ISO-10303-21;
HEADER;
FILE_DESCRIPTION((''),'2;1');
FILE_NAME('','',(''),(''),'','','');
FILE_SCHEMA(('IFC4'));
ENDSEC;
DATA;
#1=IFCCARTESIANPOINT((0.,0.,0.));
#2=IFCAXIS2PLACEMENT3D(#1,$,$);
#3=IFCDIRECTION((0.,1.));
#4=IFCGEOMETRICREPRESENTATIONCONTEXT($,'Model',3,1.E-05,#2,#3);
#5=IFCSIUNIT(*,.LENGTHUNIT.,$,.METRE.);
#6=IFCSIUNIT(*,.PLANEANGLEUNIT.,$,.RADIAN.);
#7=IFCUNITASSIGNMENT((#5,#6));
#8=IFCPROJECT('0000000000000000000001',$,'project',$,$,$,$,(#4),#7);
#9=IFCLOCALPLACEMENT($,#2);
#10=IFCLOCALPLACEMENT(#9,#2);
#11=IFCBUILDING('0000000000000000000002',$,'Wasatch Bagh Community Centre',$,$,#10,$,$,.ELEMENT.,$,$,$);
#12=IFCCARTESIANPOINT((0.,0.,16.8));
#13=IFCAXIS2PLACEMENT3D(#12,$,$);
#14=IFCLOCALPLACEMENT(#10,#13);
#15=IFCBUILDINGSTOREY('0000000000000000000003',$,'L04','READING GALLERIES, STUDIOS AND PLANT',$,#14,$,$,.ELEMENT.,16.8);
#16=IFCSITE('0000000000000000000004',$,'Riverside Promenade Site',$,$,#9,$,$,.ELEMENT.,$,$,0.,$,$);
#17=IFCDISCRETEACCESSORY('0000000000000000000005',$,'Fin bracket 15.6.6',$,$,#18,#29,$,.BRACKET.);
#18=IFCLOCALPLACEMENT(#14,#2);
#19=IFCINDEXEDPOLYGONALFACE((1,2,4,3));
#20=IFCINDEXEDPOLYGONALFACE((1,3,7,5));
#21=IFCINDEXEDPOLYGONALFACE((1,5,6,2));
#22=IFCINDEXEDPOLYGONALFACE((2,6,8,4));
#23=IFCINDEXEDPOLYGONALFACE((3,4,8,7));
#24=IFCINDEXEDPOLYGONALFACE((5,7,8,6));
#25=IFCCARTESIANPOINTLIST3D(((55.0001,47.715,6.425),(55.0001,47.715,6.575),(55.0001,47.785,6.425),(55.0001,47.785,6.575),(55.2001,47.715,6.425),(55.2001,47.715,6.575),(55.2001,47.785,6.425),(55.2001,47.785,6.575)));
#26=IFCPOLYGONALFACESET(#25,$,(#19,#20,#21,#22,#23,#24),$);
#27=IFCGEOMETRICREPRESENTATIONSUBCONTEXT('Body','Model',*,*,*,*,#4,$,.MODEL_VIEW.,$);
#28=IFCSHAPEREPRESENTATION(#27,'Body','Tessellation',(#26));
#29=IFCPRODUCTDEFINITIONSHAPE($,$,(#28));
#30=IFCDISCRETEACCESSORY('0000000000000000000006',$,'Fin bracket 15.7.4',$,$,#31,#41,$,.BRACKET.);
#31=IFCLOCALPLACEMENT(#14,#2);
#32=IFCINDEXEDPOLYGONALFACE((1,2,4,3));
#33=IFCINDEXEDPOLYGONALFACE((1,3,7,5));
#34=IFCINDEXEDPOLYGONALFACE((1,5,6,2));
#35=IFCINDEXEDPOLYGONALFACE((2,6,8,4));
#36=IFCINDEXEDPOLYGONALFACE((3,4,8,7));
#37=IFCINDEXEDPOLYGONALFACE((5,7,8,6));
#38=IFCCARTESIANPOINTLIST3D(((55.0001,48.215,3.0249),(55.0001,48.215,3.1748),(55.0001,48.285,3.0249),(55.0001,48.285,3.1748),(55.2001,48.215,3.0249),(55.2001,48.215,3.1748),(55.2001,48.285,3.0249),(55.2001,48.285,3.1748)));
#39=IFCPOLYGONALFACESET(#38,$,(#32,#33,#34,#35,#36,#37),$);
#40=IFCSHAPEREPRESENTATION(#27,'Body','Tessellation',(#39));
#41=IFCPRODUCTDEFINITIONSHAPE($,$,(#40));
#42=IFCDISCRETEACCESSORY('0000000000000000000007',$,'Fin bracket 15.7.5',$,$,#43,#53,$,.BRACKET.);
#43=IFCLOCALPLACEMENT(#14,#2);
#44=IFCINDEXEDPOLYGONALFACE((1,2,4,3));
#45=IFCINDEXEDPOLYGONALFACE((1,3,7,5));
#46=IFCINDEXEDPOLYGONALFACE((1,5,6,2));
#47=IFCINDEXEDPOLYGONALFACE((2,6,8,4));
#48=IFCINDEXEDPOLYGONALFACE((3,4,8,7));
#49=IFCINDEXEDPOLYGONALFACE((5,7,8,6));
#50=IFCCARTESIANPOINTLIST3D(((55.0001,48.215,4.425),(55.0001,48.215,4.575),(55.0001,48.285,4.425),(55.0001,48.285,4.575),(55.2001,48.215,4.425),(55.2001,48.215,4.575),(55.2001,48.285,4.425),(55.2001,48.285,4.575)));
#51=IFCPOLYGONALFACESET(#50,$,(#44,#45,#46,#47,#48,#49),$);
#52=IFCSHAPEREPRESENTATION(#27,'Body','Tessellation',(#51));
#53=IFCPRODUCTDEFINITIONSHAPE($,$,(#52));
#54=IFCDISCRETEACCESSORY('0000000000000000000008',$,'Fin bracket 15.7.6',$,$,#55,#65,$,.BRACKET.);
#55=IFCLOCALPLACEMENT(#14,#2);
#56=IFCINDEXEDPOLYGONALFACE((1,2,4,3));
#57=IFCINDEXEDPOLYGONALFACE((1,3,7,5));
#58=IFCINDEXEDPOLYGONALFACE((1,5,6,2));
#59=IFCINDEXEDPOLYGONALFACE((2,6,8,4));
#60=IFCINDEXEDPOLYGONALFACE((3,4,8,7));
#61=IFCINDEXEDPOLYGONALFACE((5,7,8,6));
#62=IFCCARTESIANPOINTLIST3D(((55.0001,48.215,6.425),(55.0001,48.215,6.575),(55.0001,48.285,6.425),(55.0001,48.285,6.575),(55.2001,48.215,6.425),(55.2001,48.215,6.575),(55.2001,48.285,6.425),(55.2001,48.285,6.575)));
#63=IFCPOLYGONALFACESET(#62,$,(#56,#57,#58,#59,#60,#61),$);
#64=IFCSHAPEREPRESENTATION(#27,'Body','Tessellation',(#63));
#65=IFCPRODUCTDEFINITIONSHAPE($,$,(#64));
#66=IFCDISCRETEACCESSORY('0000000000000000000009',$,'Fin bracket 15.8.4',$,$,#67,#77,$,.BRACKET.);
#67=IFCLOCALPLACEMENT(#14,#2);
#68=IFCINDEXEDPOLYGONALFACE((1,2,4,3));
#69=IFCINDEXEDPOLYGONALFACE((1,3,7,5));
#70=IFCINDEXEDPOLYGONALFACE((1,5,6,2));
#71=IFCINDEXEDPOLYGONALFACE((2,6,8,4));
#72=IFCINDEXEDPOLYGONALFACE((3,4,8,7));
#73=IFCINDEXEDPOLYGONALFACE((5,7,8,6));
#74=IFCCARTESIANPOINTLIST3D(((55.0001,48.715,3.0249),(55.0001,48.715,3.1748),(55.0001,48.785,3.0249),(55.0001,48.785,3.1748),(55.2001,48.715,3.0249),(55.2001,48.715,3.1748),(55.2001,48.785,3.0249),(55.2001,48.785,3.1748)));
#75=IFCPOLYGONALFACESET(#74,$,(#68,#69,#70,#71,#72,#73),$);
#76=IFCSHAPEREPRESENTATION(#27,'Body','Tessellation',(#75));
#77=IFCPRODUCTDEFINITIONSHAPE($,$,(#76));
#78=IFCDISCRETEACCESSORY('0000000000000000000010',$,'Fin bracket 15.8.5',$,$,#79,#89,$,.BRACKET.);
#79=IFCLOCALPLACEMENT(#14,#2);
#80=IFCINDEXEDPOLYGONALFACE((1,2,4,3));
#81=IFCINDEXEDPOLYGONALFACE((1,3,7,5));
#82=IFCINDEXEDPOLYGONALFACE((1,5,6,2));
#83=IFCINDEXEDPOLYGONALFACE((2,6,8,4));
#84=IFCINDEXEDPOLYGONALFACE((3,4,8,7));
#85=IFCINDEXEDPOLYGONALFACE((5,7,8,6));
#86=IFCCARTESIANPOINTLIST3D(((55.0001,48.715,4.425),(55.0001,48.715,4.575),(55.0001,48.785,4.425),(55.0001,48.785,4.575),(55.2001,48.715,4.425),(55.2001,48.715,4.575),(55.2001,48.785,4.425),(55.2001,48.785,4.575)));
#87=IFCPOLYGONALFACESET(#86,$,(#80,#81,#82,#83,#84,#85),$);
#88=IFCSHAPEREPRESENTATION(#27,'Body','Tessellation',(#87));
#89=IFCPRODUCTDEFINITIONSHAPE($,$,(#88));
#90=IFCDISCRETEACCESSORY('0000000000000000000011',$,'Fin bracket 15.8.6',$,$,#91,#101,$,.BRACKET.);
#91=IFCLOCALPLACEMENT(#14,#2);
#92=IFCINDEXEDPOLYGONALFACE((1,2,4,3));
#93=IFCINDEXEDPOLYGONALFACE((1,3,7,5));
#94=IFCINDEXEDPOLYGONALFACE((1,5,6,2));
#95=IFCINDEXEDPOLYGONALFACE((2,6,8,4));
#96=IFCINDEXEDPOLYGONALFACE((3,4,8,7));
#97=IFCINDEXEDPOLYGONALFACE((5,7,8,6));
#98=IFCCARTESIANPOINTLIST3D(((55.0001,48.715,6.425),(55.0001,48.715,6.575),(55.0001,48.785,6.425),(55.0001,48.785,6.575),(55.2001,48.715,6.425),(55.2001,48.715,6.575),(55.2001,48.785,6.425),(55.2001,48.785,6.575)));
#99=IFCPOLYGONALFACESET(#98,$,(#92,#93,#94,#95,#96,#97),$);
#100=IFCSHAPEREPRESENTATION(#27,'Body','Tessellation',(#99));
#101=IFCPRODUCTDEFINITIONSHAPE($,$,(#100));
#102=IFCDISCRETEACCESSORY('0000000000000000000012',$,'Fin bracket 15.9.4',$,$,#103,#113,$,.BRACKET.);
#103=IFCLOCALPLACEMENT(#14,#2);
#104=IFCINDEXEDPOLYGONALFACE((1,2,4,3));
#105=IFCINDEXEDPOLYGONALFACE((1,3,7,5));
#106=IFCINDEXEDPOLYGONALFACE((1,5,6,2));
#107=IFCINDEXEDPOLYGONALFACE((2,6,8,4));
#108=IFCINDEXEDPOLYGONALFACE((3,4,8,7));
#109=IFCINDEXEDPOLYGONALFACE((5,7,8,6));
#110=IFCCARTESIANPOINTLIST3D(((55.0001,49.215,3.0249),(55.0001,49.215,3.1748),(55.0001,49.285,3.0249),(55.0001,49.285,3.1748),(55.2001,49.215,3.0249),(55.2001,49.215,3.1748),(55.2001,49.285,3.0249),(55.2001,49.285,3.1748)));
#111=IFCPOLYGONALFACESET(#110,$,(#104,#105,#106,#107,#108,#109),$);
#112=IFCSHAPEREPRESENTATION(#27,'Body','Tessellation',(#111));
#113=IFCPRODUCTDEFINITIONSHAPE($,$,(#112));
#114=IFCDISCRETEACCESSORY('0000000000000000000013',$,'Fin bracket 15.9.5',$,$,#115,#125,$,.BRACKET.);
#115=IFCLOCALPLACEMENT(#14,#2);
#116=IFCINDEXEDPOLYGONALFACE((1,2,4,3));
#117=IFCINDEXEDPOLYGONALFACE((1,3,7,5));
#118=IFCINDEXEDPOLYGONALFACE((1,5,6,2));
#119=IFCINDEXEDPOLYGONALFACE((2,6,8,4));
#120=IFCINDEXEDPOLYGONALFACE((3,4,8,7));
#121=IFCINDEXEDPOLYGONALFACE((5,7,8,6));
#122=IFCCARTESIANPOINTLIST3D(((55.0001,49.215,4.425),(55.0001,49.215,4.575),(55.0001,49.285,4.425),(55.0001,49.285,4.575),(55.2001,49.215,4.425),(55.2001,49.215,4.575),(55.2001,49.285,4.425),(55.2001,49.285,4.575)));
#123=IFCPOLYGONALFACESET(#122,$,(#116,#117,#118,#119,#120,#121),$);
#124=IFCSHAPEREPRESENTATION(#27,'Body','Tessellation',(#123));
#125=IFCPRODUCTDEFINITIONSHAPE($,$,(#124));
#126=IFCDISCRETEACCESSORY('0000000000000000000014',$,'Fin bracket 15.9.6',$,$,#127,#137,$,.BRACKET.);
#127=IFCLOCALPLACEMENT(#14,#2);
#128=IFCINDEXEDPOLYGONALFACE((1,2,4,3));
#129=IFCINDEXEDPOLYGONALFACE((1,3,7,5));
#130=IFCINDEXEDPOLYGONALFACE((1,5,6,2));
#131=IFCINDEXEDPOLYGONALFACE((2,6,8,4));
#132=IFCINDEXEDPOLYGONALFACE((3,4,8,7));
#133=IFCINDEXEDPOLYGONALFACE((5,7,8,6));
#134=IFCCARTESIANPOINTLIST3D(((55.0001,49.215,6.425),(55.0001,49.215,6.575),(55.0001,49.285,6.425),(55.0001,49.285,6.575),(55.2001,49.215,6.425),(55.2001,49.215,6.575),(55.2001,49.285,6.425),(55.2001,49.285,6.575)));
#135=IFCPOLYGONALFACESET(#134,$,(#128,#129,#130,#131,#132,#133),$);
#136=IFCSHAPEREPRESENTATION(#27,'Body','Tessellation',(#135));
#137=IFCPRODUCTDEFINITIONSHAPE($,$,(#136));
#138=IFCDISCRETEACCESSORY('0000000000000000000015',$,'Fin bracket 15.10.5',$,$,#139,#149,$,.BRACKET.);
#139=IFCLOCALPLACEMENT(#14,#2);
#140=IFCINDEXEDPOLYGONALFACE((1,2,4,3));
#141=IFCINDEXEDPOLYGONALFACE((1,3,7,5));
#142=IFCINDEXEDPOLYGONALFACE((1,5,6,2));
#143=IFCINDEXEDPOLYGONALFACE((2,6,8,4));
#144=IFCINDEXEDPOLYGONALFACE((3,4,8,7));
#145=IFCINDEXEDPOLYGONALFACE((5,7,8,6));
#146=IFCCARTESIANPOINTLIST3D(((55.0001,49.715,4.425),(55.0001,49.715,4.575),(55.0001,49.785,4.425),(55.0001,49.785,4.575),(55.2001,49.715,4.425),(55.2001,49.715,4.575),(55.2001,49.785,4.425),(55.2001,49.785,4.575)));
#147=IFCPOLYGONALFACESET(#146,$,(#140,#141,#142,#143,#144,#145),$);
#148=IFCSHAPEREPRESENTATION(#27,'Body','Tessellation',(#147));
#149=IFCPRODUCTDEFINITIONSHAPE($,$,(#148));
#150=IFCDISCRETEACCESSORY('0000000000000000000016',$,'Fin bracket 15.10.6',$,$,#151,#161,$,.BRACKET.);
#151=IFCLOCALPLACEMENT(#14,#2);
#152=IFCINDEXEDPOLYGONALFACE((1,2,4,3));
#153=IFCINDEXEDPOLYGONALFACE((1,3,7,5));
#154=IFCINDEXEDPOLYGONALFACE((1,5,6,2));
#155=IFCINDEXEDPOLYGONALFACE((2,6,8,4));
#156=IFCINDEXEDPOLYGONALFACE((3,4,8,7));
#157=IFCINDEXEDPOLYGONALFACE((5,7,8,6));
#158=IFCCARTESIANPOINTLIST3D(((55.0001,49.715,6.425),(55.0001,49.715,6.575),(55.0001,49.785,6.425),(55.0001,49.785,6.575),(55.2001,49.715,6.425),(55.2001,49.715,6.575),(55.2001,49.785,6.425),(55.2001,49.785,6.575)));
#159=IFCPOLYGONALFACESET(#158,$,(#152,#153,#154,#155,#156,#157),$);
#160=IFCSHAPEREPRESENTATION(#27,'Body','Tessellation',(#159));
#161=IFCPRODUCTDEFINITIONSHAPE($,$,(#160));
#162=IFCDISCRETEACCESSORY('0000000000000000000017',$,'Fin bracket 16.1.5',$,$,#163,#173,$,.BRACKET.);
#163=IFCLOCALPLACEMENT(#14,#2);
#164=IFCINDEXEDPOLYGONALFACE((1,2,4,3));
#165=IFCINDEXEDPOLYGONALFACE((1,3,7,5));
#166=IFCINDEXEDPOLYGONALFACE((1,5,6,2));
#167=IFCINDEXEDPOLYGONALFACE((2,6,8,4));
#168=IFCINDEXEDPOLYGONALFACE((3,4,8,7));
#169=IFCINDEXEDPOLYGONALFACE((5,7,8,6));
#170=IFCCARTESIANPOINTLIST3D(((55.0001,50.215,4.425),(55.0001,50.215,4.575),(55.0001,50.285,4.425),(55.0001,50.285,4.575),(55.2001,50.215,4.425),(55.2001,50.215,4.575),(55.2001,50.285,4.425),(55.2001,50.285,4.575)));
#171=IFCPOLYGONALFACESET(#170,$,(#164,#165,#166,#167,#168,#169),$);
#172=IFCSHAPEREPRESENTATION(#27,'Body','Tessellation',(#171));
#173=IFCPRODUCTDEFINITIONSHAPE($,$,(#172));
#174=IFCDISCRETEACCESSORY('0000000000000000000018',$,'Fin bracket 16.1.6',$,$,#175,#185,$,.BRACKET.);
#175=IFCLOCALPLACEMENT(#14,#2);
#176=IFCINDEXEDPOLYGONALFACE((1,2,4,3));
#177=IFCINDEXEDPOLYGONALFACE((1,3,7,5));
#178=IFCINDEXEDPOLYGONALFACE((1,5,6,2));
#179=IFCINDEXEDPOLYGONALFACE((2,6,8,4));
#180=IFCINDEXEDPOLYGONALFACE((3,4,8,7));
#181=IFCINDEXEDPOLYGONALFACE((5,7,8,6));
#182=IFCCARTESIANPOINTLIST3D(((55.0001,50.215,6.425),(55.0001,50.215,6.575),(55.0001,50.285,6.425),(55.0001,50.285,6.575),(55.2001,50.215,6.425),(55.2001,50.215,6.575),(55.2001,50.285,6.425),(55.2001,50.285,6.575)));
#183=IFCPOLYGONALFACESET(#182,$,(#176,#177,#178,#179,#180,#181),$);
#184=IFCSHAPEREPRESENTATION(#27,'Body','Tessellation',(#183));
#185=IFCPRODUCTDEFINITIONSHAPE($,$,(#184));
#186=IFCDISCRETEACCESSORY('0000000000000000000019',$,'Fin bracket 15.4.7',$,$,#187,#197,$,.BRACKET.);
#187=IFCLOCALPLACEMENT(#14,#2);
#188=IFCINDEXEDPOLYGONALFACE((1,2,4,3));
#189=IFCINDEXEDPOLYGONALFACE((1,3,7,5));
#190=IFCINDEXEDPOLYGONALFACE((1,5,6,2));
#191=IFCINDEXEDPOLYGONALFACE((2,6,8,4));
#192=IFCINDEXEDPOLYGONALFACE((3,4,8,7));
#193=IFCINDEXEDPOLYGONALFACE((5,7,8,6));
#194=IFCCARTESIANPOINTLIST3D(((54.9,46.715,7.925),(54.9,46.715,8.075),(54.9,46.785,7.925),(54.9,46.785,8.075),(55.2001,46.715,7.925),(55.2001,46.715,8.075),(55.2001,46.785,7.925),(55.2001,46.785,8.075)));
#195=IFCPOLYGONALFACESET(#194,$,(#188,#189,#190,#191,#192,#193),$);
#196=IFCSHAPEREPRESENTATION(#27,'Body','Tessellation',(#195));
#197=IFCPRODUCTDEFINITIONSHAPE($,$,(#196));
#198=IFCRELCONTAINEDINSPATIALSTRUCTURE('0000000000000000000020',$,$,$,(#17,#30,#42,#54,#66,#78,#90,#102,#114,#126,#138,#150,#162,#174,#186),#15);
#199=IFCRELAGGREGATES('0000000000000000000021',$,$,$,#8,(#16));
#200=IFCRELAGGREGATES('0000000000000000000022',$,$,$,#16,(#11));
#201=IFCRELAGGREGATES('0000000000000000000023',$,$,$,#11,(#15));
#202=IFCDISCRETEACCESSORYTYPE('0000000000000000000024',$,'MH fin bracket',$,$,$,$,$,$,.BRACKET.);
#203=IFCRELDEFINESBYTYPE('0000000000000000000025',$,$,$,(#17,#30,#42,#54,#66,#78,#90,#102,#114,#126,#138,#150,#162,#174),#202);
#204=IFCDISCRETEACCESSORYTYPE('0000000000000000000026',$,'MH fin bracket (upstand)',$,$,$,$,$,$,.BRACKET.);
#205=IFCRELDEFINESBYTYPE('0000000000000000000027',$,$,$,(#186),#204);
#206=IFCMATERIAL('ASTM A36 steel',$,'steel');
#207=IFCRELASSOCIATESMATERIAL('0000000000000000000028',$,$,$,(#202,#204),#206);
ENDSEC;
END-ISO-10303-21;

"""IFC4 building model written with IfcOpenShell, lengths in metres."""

from ifc_helpers import new_model, si_unit, direction, frame, origin, origin_2d, place, context, subcontext, project, spatial, rectangle, extrude, material, type_object, element, save


model = new_model("IFC4")

# Units and contexts
model_context = context("Model", 3, precision=1e-05, world=origin(), true_north=direction((0.0, 1.0)))
body_context = subcontext(model_context, "Body", "Model", "MODEL_VIEW")
ifc_project = project(units=[si_unit("LENGTHUNIT", "METRE"), si_unit("PLANEANGLEUNIT", "RADIAN")], contexts=[model_context])

# Site, building, storey
site_placement = place(None, origin())
site = spatial("IfcSite", under=ifc_project, at=site_placement, Name="Riverside Promenade Site", CompositionType="ELEMENT", RefElevation=0.0)
building_placement = place(site_placement, origin())
building = spatial("IfcBuilding", under=site, at=building_placement, Name="Wasatch Bagh Community Centre", CompositionType="ELEMENT")
storey_placement = place(building_placement, frame((0.0, 0.0, 16.8)))
storey = spatial("IfcBuildingStorey", under=building, at=storey_placement, Name="L04", Description="READING GALLERIES, STUDIOS AND PLANT", CompositionType="ELEMENT", Elevation=16.8)

# Shared definitions
ifc_material_1 = material(Name="ASTM A36 steel", Category="steel")

# Discrete accessories
discrete_accessory_type_1 = type_object("IfcDiscreteAccessoryType", Name="MH fin bracket", PredefinedType="BRACKET", material=ifc_material_1)
for number, where, z_axis, x_axis, name in (
    (1, (55.1001, 47.75, 6.425), (0.0, 0.0, 1.0), (0.0, 1.0, 0.0), "Fin bracket 15.6.6"),
    (2, (55.1001, 48.25, 3.0249), (0.0, 0.0, 1.0), (0.0, 1.0, 0.0), "Fin bracket 15.7.4"),
    (3, (55.1001, 48.25, 4.425), (0.0, 0.0, 1.0), (0.0, 1.0, 0.0), "Fin bracket 15.7.5"),
    (4, (55.1001, 48.25, 6.425), (0.0, 0.0, 1.0), (0.0, 1.0, 0.0), "Fin bracket 15.7.6"),
    (5, (55.1001, 48.75, 3.0249), (0.0, 0.0, 1.0), (0.0, 1.0, 0.0), "Fin bracket 15.8.4"),
    (6, (55.1001, 48.75, 4.425), (0.0, 0.0, 1.0), (0.0, 1.0, 0.0), "Fin bracket 15.8.5"),
    (7, (55.1001, 48.75, 6.425), (0.0, 0.0, 1.0), (0.0, 1.0, 0.0), "Fin bracket 15.8.6"),
    (8, (55.1001, 49.25, 3.0249), (0.0, 0.0, 1.0), (0.0, 1.0, 0.0), "Fin bracket 15.9.4"),
    (9, (55.1001, 49.25, 4.425), (0.0, 0.0, 1.0), (0.0, 1.0, 0.0), "Fin bracket 15.9.5"),
    (10, (55.1001, 49.25, 6.425), (0.0, 0.0, 1.0), (0.0, 1.0, 0.0), "Fin bracket 15.9.6"),
    (11, (55.1001, 49.75, 4.425), (0.0, 0.0, 1.0), (0.0, 1.0, 0.0), "Fin bracket 15.10.5"),
    (12, (55.1001, 49.75, 6.425), (0.0, 0.0, 1.0), (0.0, 1.0, 0.0), "Fin bracket 15.10.6"),
    (13, (55.1001, 50.25, 4.425), (0.0, 0.0, 1.0), (0.0, 1.0, 0.0), "Fin bracket 16.1.5"),
    (14, (55.1001, 50.25, 6.425), (0.0, 0.0, 1.0), (0.0, 1.0, 0.0), "Fin bracket 16.1.6"),
):
    element("IfcDiscreteAccessory", number, at=place(storey_placement, frame(where, z_axis=z_axis, x_axis=x_axis)), inside=storey, type_object=discrete_accessory_type_1, Name=name, PredefinedType="BRACKET", context=body_context, shape_type="SweptSolid", body=[
        extrude(rectangle(XDim=0.0701, YDim=0.2, at=origin_2d()), origin(), (0.0, 0.0, 1.0), 0.1499),
    ])
discrete_accessory_type_2 = type_object("IfcDiscreteAccessoryType", Name="MH fin bracket (upstand)", PredefinedType="BRACKET", material=ifc_material_1)
discrete_accessory_placement = place(storey_placement, frame((55.05, 46.75, 7.925), z_axis=(0.0, 0.0, 1.0), x_axis=(0.0, 1.0, 0.0)))
element("IfcDiscreteAccessory", 15, at=discrete_accessory_placement, inside=storey, type_object=discrete_accessory_type_2, Name="Fin bracket 15.4.7", PredefinedType="BRACKET", context=body_context, shape_type="SweptSolid", body=[
    extrude(rectangle(XDim=0.0701, YDim=0.3, at=origin_2d()), origin(), (0.0, 0.0, 1.0), 0.1499),
])

save(model, "model.ifc")
